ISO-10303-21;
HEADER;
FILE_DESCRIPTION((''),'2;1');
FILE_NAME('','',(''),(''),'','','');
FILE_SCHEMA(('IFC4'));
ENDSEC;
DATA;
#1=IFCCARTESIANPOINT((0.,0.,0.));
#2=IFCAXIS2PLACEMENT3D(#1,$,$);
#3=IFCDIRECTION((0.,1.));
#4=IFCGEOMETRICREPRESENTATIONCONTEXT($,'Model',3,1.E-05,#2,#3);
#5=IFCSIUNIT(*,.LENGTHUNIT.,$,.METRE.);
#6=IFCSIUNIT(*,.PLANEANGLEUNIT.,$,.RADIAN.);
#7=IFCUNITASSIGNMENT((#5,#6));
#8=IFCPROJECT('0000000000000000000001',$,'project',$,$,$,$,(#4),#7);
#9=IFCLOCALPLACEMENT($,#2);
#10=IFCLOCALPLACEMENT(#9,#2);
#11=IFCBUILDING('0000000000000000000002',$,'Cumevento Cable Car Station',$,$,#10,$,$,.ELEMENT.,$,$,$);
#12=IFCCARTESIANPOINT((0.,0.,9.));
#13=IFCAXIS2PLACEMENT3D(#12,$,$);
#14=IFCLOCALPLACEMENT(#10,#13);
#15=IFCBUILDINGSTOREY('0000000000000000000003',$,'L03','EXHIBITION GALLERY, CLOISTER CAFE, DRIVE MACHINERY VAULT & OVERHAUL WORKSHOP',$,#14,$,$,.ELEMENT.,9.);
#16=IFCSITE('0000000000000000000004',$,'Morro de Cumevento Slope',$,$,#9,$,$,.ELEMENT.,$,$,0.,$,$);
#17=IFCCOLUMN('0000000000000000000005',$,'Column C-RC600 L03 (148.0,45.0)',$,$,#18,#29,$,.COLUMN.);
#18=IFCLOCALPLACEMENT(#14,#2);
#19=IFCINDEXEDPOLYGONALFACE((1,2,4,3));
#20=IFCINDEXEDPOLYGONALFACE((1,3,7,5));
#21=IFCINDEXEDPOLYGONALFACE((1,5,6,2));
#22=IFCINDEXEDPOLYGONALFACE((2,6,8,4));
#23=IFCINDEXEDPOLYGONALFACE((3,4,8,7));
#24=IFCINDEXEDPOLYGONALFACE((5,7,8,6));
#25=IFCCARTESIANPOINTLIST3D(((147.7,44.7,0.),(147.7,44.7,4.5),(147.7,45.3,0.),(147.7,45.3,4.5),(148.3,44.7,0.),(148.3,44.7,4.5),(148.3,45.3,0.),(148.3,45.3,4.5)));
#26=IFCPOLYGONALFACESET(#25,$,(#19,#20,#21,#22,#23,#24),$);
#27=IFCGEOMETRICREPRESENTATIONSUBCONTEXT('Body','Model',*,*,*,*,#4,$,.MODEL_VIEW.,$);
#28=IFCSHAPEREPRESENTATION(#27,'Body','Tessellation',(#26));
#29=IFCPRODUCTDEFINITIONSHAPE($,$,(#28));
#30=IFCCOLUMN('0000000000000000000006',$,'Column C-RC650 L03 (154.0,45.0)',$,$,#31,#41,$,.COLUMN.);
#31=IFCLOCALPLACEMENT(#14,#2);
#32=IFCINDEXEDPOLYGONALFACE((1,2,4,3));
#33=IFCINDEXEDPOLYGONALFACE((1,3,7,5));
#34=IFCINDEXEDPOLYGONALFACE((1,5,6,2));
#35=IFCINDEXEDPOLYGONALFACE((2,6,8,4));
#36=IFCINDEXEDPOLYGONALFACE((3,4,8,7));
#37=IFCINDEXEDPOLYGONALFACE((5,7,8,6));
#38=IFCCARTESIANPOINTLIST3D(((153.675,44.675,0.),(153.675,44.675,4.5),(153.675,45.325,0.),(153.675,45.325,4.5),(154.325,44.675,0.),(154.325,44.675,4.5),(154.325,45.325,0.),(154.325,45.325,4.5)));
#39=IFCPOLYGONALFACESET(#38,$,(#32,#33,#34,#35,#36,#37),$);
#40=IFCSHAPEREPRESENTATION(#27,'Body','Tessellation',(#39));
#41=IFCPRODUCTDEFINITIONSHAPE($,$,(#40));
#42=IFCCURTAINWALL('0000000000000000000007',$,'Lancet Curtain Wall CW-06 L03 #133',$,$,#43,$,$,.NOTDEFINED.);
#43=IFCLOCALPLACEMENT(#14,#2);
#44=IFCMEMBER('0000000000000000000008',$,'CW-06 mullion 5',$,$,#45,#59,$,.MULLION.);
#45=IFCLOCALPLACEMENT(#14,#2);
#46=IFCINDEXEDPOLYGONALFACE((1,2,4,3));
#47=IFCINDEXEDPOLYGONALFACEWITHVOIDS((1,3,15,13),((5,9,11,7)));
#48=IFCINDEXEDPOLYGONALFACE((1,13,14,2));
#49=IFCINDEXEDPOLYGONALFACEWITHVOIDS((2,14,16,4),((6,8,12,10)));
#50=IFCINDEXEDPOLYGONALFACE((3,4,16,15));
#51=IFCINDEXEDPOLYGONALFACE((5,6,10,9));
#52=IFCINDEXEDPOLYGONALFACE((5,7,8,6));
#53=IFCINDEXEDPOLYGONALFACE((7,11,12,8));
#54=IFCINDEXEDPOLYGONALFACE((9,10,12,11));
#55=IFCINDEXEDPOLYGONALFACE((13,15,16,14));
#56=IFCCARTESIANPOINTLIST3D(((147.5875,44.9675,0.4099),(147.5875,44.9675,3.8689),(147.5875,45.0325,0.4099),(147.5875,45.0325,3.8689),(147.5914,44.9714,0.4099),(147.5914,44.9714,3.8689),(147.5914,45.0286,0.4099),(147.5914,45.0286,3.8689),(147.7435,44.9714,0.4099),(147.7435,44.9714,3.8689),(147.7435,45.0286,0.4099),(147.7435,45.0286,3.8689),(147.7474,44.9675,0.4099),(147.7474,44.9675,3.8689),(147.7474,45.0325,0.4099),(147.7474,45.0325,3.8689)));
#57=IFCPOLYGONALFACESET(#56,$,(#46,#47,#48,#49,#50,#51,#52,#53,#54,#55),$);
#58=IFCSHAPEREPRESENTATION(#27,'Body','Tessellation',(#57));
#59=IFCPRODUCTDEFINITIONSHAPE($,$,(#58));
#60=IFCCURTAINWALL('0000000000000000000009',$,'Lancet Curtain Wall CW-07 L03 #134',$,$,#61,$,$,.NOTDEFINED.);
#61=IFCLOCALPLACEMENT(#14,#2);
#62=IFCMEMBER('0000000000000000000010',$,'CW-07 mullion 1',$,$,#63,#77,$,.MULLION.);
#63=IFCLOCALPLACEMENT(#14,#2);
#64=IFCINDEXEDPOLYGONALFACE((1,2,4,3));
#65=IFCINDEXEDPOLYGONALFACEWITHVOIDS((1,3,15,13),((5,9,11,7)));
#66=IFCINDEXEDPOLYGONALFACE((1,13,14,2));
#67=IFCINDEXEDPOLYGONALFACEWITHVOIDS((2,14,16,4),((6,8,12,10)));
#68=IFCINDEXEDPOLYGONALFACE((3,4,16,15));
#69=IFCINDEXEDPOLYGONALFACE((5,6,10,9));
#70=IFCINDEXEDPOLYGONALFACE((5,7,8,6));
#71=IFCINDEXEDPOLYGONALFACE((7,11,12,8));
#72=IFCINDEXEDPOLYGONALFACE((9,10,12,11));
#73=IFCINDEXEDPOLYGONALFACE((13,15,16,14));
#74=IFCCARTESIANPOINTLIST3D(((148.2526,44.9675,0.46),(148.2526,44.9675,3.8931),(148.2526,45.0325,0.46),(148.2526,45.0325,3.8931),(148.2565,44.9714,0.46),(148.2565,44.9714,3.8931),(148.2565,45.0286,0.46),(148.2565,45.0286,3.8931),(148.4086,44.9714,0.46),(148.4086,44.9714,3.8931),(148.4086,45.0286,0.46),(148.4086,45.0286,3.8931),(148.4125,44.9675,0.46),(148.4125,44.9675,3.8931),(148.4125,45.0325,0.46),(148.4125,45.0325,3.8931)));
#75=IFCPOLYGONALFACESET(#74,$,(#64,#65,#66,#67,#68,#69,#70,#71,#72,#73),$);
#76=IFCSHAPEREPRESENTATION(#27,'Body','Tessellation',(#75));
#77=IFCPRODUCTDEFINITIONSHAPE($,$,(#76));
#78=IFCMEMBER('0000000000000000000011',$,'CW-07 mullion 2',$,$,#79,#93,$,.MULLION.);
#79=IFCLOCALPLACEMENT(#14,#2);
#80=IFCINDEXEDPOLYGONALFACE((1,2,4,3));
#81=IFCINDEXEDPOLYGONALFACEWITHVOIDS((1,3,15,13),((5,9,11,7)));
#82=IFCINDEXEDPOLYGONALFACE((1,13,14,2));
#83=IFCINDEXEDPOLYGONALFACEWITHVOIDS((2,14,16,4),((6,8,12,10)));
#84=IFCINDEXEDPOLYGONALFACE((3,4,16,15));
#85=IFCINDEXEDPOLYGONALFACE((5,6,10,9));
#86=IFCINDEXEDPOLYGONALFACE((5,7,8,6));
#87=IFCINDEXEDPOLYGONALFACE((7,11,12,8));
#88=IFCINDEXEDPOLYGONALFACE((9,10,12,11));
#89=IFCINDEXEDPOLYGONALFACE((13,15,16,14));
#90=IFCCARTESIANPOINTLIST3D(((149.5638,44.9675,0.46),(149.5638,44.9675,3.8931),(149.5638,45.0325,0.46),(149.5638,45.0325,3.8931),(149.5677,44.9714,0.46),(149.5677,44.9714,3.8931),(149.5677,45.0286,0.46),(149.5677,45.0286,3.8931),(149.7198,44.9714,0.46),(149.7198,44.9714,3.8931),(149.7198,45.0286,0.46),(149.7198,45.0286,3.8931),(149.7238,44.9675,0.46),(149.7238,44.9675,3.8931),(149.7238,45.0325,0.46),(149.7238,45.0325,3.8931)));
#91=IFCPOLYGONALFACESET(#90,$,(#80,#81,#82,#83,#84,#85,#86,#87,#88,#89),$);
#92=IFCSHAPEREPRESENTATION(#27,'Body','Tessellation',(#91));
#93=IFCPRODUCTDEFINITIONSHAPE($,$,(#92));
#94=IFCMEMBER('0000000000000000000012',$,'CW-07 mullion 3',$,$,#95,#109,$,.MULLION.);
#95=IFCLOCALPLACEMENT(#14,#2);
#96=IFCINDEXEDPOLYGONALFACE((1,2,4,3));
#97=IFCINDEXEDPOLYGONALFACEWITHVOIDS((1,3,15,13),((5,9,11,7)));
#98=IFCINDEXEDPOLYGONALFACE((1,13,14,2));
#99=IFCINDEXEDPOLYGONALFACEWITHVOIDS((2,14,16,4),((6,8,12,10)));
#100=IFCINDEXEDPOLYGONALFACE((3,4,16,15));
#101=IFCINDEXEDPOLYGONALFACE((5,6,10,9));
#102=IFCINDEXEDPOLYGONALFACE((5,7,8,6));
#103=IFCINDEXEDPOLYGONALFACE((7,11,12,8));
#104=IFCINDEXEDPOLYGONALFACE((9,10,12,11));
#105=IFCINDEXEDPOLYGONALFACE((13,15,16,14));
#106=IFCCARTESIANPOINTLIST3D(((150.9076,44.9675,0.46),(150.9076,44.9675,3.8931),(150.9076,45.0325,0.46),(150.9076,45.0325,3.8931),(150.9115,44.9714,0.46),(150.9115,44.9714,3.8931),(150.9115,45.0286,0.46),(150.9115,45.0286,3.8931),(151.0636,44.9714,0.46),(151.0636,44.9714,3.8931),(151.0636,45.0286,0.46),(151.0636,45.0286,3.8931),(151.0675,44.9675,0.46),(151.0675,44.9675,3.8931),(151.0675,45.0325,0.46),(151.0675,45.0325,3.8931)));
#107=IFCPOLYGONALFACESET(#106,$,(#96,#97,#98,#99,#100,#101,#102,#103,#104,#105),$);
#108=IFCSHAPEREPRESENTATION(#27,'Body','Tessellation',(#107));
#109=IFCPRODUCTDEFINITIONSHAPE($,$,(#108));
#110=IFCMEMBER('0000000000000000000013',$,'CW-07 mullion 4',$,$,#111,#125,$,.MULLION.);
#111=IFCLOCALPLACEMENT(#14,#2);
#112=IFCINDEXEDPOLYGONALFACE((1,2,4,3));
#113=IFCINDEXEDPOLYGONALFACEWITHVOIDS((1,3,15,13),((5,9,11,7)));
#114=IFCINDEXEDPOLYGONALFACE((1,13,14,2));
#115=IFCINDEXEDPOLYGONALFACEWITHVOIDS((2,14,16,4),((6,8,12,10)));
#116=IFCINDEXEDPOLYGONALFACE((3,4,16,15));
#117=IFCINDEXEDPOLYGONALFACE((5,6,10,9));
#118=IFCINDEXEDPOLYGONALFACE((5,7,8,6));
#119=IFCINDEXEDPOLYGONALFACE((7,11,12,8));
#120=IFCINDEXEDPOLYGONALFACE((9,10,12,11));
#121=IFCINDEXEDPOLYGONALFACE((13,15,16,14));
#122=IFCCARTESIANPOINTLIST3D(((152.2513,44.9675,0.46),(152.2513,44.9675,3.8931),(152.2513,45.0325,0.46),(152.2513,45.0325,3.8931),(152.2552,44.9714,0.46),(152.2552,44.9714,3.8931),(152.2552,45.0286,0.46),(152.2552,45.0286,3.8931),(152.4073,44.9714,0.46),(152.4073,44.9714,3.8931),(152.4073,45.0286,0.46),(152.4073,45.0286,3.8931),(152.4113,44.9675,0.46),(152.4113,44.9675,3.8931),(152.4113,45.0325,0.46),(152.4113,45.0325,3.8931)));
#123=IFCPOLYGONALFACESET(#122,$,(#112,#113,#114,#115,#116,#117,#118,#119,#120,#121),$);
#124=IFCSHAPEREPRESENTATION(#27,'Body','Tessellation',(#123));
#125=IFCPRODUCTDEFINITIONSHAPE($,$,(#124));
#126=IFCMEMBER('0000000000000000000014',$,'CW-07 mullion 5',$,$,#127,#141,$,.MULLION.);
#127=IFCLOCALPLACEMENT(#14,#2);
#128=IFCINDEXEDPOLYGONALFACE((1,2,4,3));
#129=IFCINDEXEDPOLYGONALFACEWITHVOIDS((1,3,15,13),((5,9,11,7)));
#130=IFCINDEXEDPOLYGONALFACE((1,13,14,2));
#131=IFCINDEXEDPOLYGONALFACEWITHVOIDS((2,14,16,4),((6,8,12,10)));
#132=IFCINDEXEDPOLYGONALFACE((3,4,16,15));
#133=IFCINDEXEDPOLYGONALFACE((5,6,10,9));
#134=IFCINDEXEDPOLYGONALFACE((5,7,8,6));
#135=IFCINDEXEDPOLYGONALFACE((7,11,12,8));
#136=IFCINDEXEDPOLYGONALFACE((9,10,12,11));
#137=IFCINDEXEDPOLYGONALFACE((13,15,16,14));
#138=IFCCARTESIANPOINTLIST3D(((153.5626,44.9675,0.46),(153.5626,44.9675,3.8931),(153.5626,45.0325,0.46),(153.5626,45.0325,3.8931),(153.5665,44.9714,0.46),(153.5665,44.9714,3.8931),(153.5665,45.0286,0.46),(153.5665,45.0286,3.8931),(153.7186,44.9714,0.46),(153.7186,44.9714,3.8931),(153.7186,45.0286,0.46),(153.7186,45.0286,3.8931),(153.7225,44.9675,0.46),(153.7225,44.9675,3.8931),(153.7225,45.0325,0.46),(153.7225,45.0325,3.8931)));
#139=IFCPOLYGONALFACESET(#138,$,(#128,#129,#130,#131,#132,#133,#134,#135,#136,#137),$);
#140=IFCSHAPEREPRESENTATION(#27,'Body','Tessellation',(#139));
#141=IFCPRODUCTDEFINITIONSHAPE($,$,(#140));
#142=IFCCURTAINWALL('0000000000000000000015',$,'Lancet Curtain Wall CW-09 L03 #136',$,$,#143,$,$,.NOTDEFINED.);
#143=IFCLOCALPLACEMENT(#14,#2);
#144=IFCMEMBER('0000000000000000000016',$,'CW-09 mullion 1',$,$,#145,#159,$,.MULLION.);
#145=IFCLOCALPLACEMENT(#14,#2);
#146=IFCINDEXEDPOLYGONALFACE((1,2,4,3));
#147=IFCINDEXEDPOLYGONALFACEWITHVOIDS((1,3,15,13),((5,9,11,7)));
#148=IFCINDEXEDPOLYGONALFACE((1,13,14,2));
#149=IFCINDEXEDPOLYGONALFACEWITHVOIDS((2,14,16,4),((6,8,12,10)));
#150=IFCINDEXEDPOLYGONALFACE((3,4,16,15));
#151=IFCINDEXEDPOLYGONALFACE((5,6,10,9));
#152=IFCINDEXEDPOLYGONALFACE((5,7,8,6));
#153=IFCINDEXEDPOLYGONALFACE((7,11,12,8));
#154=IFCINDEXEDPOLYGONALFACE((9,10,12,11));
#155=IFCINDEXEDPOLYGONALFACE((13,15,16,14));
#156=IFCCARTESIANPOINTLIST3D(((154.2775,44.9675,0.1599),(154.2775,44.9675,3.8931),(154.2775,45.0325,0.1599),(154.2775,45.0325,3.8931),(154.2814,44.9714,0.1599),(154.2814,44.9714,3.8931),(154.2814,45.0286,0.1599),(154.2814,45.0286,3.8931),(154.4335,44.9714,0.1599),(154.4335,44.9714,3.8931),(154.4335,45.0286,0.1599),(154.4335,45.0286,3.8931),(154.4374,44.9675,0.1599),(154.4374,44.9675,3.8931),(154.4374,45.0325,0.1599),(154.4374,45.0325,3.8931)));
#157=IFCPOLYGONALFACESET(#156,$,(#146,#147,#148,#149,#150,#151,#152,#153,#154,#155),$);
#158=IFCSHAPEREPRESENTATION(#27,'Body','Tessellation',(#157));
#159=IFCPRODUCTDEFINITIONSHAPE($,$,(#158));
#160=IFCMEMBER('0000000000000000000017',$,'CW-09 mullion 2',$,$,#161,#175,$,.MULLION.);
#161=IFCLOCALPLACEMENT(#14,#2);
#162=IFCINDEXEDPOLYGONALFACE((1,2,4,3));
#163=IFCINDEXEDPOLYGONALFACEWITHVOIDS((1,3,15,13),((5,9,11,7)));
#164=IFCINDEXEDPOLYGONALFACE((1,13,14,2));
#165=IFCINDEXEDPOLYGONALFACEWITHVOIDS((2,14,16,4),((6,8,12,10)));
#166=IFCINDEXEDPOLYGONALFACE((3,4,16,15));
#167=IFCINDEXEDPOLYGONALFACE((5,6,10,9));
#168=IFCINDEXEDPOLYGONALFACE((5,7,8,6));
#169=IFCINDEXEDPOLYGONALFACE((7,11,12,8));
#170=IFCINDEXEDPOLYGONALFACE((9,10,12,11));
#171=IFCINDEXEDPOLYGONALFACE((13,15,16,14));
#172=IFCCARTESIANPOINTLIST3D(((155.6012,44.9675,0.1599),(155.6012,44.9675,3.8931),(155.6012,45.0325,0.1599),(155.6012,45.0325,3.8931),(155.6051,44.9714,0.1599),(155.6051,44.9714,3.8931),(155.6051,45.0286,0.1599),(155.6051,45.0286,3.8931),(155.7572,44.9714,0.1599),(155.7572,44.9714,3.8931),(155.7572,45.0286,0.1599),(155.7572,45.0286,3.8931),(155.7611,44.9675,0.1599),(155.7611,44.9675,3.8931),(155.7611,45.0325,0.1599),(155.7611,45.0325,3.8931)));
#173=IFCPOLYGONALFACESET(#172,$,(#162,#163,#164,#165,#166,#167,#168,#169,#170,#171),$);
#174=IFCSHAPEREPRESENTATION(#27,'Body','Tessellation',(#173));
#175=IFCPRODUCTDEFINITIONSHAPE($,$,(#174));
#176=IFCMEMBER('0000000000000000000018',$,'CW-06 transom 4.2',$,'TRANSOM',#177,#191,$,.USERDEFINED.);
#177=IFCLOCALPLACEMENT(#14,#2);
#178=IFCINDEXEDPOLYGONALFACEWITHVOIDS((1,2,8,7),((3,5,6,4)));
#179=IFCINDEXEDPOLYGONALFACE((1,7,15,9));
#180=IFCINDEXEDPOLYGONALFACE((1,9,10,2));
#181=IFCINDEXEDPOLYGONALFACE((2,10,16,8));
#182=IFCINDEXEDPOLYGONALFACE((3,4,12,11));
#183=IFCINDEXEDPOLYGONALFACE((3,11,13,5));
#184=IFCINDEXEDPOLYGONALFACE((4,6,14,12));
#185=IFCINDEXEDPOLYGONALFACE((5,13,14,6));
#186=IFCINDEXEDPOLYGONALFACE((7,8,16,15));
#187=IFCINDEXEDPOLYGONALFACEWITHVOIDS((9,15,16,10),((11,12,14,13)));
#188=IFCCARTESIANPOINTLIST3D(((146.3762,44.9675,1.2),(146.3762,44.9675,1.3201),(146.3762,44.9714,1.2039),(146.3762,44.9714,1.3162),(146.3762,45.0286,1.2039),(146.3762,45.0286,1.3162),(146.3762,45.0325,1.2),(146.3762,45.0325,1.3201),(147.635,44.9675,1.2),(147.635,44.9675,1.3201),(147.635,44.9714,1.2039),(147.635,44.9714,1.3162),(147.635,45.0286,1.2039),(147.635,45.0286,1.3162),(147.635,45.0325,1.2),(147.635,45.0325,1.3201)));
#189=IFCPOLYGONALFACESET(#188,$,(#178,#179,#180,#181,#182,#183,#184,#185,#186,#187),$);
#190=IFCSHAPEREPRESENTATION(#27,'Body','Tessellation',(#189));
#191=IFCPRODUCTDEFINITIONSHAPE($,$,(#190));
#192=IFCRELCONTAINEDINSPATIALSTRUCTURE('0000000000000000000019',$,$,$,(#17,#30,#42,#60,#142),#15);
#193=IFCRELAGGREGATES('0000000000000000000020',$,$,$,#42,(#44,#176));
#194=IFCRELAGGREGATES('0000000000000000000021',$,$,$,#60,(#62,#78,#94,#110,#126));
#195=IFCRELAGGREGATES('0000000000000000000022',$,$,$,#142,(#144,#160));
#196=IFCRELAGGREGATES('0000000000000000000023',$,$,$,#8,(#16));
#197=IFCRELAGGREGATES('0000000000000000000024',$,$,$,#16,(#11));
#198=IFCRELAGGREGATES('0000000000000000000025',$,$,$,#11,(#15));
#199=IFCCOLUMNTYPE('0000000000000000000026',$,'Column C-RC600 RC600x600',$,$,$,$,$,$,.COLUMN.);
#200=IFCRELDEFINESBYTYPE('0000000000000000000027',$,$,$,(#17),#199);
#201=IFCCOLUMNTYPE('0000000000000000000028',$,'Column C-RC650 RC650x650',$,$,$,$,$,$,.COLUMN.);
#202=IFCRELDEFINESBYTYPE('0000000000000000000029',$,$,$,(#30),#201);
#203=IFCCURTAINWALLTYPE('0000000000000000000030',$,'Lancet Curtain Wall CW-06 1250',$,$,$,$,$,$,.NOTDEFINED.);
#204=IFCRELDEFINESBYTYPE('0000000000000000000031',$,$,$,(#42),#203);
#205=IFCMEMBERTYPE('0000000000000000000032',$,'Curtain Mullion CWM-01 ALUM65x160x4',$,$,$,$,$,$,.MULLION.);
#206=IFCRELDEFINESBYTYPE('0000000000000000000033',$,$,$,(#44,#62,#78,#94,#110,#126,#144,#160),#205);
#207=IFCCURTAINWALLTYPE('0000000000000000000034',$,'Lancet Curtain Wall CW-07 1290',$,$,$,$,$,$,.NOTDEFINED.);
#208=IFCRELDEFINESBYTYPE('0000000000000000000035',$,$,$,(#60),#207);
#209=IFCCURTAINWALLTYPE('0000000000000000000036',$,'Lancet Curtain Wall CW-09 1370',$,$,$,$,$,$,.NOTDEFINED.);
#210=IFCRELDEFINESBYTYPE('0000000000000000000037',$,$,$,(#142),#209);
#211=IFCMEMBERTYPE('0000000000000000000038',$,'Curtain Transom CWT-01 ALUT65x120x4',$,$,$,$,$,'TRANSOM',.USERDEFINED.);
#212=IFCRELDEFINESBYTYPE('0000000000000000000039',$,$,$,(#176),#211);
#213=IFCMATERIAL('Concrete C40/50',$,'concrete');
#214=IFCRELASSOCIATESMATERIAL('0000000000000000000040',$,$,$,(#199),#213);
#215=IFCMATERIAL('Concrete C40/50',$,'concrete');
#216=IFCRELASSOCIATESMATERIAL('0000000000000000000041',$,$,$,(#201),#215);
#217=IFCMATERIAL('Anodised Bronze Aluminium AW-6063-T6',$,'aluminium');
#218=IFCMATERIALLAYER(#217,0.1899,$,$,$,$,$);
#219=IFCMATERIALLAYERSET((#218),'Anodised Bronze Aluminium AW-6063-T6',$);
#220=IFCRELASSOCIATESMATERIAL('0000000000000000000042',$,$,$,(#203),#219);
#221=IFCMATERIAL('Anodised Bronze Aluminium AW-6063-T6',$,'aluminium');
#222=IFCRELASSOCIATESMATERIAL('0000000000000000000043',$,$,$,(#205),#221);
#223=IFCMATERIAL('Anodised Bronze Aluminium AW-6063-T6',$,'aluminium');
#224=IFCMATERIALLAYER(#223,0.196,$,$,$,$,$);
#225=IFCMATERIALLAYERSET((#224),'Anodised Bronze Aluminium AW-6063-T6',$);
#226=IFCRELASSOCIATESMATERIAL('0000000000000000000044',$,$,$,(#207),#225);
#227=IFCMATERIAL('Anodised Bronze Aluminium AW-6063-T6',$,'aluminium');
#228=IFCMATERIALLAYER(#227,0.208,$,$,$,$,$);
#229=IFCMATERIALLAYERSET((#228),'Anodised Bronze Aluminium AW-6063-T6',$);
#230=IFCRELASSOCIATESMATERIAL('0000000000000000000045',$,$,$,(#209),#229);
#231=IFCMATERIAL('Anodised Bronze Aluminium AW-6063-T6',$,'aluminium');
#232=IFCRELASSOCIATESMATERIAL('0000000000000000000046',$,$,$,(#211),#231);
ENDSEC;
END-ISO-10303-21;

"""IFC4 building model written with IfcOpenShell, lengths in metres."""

from ifc_helpers import new_model, si_unit, direction, frame, origin, origin_2d, place, context, subcontext, project, spatial, rectangle, hollow_rectangle, extrude, material, layer, layer_set, material_profile, profile_set, type_object, element, aggregate, save


model = new_model("IFC4")

# Units and contexts
model_context = context("Model", 3, precision=1e-05, world=origin(), true_north=direction((0.0, 1.0)))
body_context = subcontext(model_context, "Body", "Model", "MODEL_VIEW")
ifc_project = project(units=[si_unit("LENGTHUNIT", "METRE"), si_unit("PLANEANGLEUNIT", "RADIAN")], contexts=[model_context])

# Site, building, storey
site_placement = place(None, origin())
site = spatial("IfcSite", under=ifc_project, at=site_placement, Name="Morro de Cumevento Slope", CompositionType="ELEMENT", RefElevation=0.0)
building_placement = place(site_placement, origin())
building = spatial("IfcBuilding", under=site, at=building_placement, Name="Cumevento Cable Car Station", CompositionType="ELEMENT")
storey_placement = place(building_placement, frame((0.0, 0.0, 9.0)))
storey = spatial("IfcBuildingStorey", under=building, at=storey_placement, Name="L03", Description="EXHIBITION GALLERY, CLOISTER CAFE, DRIVE MACHINERY VAULT & OVERHAUL WORKSHOP", CompositionType="ELEMENT", Elevation=9.0)

# Columns
ifc_material_1 = material(Name="Concrete C40/50", Category="concrete")
ifc_material_profile_1 = material_profile(ifc_material_1, rectangle(XDim=0.6001, YDim=0.6001, at=origin_2d()), Name="RC600x600")
ifc_profile_set_1 = profile_set([ifc_material_profile_1], Name="Concrete C40/50")
column_type_1 = type_object("IfcColumnType", Name="Column C-RC600 RC600x600", PredefinedType="COLUMN", material=ifc_profile_set_1)
column_1_placement = place(storey_placement, frame((148.0, 45.0, 0.0), z_axis=(0.0, 0.0, 1.0), x_axis=(1.0, 0.0, 0.0)))
element("IfcColumn", 1, at=column_1_placement, inside=storey, type_object=column_type_1, Name="Column C-RC600 L03 (148.0,45.0)", PredefinedType="COLUMN", context=body_context, shape_type="SweptSolid", body=[
    extrude(rectangle(XDim=0.6001, YDim=0.6001, at=origin_2d()), origin(), (0.0, 0.0, 1.0), 4.5),
])
ifc_material_2 = material(Name="Concrete C40/50", Category="concrete")
ifc_material_profile_2 = material_profile(ifc_material_2, rectangle(XDim=0.6499, YDim=0.6499, at=origin_2d()), Name="RC650x650")
ifc_profile_set_2 = profile_set([ifc_material_profile_2], Name="Concrete C40/50")
column_type_2 = type_object("IfcColumnType", Name="Column C-RC650 RC650x650", PredefinedType="COLUMN", material=ifc_profile_set_2)
column_2_placement = place(storey_placement, frame((154.0, 45.0, 0.0), z_axis=(0.0, 0.0, 1.0), x_axis=(1.0, 0.0, 0.0)))
element("IfcColumn", 2, at=column_2_placement, inside=storey, type_object=column_type_2, Name="Column C-RC650 L03 (154.0,45.0)", PredefinedType="COLUMN", context=body_context, shape_type="SweptSolid", body=[
    extrude(rectangle(XDim=0.6499, YDim=0.6499, at=origin_2d()), origin(), (0.0, 0.0, 1.0), 4.5),
])

# Curtain wall, member
ifc_material_3 = material(Name="Anodised Bronze Aluminium AW-6063-T6", Category="aluminium")
ifc_layer_1 = layer(ifc_material_3, 0.1899)
ifc_layer_set_1 = layer_set([ifc_layer_1], Name="Anodised Bronze Aluminium AW-6063-T6")
curtain_wall_type_1 = type_object("IfcCurtainWallType", Name="Lancet Curtain Wall CW-06 1250", PredefinedType="NOTDEFINED", material=ifc_layer_set_1)
curtain_wall_1_placement = place(storey_placement, origin())
curtain_wall_1 = element("IfcCurtainWall", 3, at=curtain_wall_1_placement, inside=storey, type_object=curtain_wall_type_1, Name="Lancet Curtain Wall CW-06 L03 #133", PredefinedType="NOTDEFINED")
ifc_material_4 = material(Name="Anodised Bronze Aluminium AW-6063-T6", Category="aluminium")
ifc_material_profile_3 = material_profile(ifc_material_4, hollow_rectangle(XDim=0.0649, YDim=0.1599, WallThickness=0.0039, at=origin_2d()), Name="ALUM65x160x4")
ifc_profile_set_3 = profile_set([ifc_material_profile_3], Name="Anodised Bronze Aluminium AW-6063-T6")
member_type_1 = type_object("IfcMemberType", Name="Curtain Mullion CWM-01 ALUM65x160x4", PredefinedType="MULLION", material=ifc_profile_set_3)
member_1_placement = place(storey_placement, frame((147.6675, 45.0, 0.4099), z_axis=(0.0, 0.0, 1.0), x_axis=(0.0, 1.0, 0.0)))
member_1 = element("IfcMember", 4, at=member_1_placement, type_object=member_type_1, Name="CW-06 mullion 5", PredefinedType="MULLION", context=body_context, shape_type="SweptSolid", body=[
    extrude(hollow_rectangle(XDim=0.0649, YDim=0.1599, WallThickness=0.0039, at=origin_2d()), origin(), (0.0, 0.0, 1.0), 3.459),
])

# Curtain walls, members
ifc_material_5 = material(Name="Anodised Bronze Aluminium AW-6063-T6", Category="aluminium")
ifc_layer_2 = layer(ifc_material_5, 0.196)
ifc_layer_set_2 = layer_set([ifc_layer_2], Name="Anodised Bronze Aluminium AW-6063-T6")
curtain_wall_type_2 = type_object("IfcCurtainWallType", Name="Lancet Curtain Wall CW-07 1290", PredefinedType="NOTDEFINED", material=ifc_layer_set_2)
curtain_wall_2_placement = place(storey_placement, origin())
curtain_wall_2 = element("IfcCurtainWall", 5, at=curtain_wall_2_placement, inside=storey, type_object=curtain_wall_type_2, Name="Lancet Curtain Wall CW-07 L03 #134", PredefinedType="NOTDEFINED")
member_2_placement = place(storey_placement, frame((148.3325, 45.0, 0.46), z_axis=(0.0, 0.0, 1.0), x_axis=(0.0, 1.0, 0.0)))
member_2 = element("IfcMember", 6, at=member_2_placement, type_object=member_type_1, Name="CW-07 mullion 1", PredefinedType="MULLION", context=body_context, shape_type="SweptSolid", body=[
    extrude(hollow_rectangle(XDim=0.0649, YDim=0.1599, WallThickness=0.0039, at=origin_2d()), origin(), (0.0, 0.0, 1.0), 3.4331),
])
member_3_placement = place(storey_placement, frame((149.6438, 45.0, 0.46), z_axis=(0.0, 0.0, 1.0), x_axis=(0.0, 1.0, 0.0)))
member_3 = element("IfcMember", 7, at=member_3_placement, type_object=member_type_1, Name="CW-07 mullion 2", PredefinedType="MULLION", context=body_context, shape_type="SweptSolid", body=[
    extrude(hollow_rectangle(XDim=0.0649, YDim=0.1599, WallThickness=0.0039, at=origin_2d()), origin(), (0.0, 0.0, 1.0), 3.4331),
])
member_4_placement = place(storey_placement, frame((150.9875, 45.0, 0.46), z_axis=(0.0, 0.0, 1.0), x_axis=(0.0, 1.0, 0.0)))
member_4 = element("IfcMember", 8, at=member_4_placement, type_object=member_type_1, Name="CW-07 mullion 3", PredefinedType="MULLION", context=body_context, shape_type="SweptSolid", body=[
    extrude(hollow_rectangle(XDim=0.0649, YDim=0.1599, WallThickness=0.0039, at=origin_2d()), origin(), (0.0, 0.0, 1.0), 3.4331),
])
member_5_placement = place(storey_placement, frame((152.3313, 45.0, 0.46), z_axis=(0.0, 0.0, 1.0), x_axis=(0.0, 1.0, 0.0)))
member_5 = element("IfcMember", 9, at=member_5_placement, type_object=member_type_1, Name="CW-07 mullion 4", PredefinedType="MULLION", context=body_context, shape_type="SweptSolid", body=[
    extrude(hollow_rectangle(XDim=0.0649, YDim=0.1599, WallThickness=0.0039, at=origin_2d()), origin(), (0.0, 0.0, 1.0), 3.4331),
])
member_6_placement = place(storey_placement, frame((153.6426, 45.0, 0.46), z_axis=(0.0, 0.0, 1.0), x_axis=(0.0, 1.0, 0.0)))
member_6 = element("IfcMember", 10, at=member_6_placement, type_object=member_type_1, Name="CW-07 mullion 5", PredefinedType="MULLION", context=body_context, shape_type="SweptSolid", body=[
    extrude(hollow_rectangle(XDim=0.0649, YDim=0.1599, WallThickness=0.0039, at=origin_2d()), origin(), (0.0, 0.0, 1.0), 3.4331),
])
ifc_material_6 = material(Name="Anodised Bronze Aluminium AW-6063-T6", Category="aluminium")
ifc_layer_3 = layer(ifc_material_6, 0.208)
ifc_layer_set_3 = layer_set([ifc_layer_3], Name="Anodised Bronze Aluminium AW-6063-T6")
curtain_wall_type_3 = type_object("IfcCurtainWallType", Name="Lancet Curtain Wall CW-09 1370", PredefinedType="NOTDEFINED", material=ifc_layer_set_3)
curtain_wall_3_placement = place(storey_placement, origin())
curtain_wall_3 = element("IfcCurtainWall", 11, at=curtain_wall_3_placement, inside=storey, type_object=curtain_wall_type_3, Name="Lancet Curtain Wall CW-09 L03 #136", PredefinedType="NOTDEFINED")
member_7_placement = place(storey_placement, frame((154.3574, 45.0, 0.1599), z_axis=(0.0, 0.0, 1.0), x_axis=(0.0, 1.0, 0.0)))
member_7 = element("IfcMember", 12, at=member_7_placement, type_object=member_type_1, Name="CW-09 mullion 1", PredefinedType="MULLION", context=body_context, shape_type="SweptSolid", body=[
    extrude(hollow_rectangle(XDim=0.0649, YDim=0.1599, WallThickness=0.0039, at=origin_2d()), origin(), (0.0, 0.0, 1.0), 3.7332),
])
member_8_placement = place(storey_placement, frame((155.6812, 45.0, 0.1599), z_axis=(0.0, 0.0, 1.0), x_axis=(0.0, 1.0, 0.0)))
member_8 = element("IfcMember", 13, at=member_8_placement, type_object=member_type_1, Name="CW-09 mullion 2", PredefinedType="MULLION", context=body_context, shape_type="SweptSolid", body=[
    extrude(hollow_rectangle(XDim=0.0649, YDim=0.1599, WallThickness=0.0039, at=origin_2d()), origin(), (0.0, 0.0, 1.0), 3.7332),
])

# Member
ifc_material_7 = material(Name="Anodised Bronze Aluminium AW-6063-T6", Category="aluminium")
ifc_material_profile_4 = material_profile(ifc_material_7, hollow_rectangle(XDim=0.0649, YDim=0.1201, WallThickness=0.0039, at=origin_2d()), Name="ALUT65x120x4")
ifc_profile_set_4 = profile_set([ifc_material_profile_4], Name="Anodised Bronze Aluminium AW-6063-T6")
member_type_2 = type_object("IfcMemberType", Name="Curtain Transom CWT-01 ALUT65x120x4", ElementType="TRANSOM", PredefinedType="USERDEFINED", material=ifc_profile_set_4)
member_9_placement = place(storey_placement, frame((146.3762, 45.0, 1.26), z_axis=(1.0, 0.0, 0.0), x_axis=(0.0, 1.0, 0.0)))
member_9 = element("IfcMember", 14, at=member_9_placement, type_object=member_type_2, Name="CW-06 transom 4.2", ObjectType="TRANSOM", PredefinedType="USERDEFINED", context=body_context, shape_type="SweptSolid", body=[
    extrude(hollow_rectangle(XDim=0.0649, YDim=0.1201, WallThickness=0.0039, at=origin_2d()), origin(), (0.0, 0.0, 1.0), 1.2588),
])

aggregate(curtain_wall_1, [member_1, member_9])
aggregate(curtain_wall_2, [member_2, member_3, member_4, member_5, member_6])
aggregate(curtain_wall_3, [member_7, member_8])

save(model, "model.ifc")
